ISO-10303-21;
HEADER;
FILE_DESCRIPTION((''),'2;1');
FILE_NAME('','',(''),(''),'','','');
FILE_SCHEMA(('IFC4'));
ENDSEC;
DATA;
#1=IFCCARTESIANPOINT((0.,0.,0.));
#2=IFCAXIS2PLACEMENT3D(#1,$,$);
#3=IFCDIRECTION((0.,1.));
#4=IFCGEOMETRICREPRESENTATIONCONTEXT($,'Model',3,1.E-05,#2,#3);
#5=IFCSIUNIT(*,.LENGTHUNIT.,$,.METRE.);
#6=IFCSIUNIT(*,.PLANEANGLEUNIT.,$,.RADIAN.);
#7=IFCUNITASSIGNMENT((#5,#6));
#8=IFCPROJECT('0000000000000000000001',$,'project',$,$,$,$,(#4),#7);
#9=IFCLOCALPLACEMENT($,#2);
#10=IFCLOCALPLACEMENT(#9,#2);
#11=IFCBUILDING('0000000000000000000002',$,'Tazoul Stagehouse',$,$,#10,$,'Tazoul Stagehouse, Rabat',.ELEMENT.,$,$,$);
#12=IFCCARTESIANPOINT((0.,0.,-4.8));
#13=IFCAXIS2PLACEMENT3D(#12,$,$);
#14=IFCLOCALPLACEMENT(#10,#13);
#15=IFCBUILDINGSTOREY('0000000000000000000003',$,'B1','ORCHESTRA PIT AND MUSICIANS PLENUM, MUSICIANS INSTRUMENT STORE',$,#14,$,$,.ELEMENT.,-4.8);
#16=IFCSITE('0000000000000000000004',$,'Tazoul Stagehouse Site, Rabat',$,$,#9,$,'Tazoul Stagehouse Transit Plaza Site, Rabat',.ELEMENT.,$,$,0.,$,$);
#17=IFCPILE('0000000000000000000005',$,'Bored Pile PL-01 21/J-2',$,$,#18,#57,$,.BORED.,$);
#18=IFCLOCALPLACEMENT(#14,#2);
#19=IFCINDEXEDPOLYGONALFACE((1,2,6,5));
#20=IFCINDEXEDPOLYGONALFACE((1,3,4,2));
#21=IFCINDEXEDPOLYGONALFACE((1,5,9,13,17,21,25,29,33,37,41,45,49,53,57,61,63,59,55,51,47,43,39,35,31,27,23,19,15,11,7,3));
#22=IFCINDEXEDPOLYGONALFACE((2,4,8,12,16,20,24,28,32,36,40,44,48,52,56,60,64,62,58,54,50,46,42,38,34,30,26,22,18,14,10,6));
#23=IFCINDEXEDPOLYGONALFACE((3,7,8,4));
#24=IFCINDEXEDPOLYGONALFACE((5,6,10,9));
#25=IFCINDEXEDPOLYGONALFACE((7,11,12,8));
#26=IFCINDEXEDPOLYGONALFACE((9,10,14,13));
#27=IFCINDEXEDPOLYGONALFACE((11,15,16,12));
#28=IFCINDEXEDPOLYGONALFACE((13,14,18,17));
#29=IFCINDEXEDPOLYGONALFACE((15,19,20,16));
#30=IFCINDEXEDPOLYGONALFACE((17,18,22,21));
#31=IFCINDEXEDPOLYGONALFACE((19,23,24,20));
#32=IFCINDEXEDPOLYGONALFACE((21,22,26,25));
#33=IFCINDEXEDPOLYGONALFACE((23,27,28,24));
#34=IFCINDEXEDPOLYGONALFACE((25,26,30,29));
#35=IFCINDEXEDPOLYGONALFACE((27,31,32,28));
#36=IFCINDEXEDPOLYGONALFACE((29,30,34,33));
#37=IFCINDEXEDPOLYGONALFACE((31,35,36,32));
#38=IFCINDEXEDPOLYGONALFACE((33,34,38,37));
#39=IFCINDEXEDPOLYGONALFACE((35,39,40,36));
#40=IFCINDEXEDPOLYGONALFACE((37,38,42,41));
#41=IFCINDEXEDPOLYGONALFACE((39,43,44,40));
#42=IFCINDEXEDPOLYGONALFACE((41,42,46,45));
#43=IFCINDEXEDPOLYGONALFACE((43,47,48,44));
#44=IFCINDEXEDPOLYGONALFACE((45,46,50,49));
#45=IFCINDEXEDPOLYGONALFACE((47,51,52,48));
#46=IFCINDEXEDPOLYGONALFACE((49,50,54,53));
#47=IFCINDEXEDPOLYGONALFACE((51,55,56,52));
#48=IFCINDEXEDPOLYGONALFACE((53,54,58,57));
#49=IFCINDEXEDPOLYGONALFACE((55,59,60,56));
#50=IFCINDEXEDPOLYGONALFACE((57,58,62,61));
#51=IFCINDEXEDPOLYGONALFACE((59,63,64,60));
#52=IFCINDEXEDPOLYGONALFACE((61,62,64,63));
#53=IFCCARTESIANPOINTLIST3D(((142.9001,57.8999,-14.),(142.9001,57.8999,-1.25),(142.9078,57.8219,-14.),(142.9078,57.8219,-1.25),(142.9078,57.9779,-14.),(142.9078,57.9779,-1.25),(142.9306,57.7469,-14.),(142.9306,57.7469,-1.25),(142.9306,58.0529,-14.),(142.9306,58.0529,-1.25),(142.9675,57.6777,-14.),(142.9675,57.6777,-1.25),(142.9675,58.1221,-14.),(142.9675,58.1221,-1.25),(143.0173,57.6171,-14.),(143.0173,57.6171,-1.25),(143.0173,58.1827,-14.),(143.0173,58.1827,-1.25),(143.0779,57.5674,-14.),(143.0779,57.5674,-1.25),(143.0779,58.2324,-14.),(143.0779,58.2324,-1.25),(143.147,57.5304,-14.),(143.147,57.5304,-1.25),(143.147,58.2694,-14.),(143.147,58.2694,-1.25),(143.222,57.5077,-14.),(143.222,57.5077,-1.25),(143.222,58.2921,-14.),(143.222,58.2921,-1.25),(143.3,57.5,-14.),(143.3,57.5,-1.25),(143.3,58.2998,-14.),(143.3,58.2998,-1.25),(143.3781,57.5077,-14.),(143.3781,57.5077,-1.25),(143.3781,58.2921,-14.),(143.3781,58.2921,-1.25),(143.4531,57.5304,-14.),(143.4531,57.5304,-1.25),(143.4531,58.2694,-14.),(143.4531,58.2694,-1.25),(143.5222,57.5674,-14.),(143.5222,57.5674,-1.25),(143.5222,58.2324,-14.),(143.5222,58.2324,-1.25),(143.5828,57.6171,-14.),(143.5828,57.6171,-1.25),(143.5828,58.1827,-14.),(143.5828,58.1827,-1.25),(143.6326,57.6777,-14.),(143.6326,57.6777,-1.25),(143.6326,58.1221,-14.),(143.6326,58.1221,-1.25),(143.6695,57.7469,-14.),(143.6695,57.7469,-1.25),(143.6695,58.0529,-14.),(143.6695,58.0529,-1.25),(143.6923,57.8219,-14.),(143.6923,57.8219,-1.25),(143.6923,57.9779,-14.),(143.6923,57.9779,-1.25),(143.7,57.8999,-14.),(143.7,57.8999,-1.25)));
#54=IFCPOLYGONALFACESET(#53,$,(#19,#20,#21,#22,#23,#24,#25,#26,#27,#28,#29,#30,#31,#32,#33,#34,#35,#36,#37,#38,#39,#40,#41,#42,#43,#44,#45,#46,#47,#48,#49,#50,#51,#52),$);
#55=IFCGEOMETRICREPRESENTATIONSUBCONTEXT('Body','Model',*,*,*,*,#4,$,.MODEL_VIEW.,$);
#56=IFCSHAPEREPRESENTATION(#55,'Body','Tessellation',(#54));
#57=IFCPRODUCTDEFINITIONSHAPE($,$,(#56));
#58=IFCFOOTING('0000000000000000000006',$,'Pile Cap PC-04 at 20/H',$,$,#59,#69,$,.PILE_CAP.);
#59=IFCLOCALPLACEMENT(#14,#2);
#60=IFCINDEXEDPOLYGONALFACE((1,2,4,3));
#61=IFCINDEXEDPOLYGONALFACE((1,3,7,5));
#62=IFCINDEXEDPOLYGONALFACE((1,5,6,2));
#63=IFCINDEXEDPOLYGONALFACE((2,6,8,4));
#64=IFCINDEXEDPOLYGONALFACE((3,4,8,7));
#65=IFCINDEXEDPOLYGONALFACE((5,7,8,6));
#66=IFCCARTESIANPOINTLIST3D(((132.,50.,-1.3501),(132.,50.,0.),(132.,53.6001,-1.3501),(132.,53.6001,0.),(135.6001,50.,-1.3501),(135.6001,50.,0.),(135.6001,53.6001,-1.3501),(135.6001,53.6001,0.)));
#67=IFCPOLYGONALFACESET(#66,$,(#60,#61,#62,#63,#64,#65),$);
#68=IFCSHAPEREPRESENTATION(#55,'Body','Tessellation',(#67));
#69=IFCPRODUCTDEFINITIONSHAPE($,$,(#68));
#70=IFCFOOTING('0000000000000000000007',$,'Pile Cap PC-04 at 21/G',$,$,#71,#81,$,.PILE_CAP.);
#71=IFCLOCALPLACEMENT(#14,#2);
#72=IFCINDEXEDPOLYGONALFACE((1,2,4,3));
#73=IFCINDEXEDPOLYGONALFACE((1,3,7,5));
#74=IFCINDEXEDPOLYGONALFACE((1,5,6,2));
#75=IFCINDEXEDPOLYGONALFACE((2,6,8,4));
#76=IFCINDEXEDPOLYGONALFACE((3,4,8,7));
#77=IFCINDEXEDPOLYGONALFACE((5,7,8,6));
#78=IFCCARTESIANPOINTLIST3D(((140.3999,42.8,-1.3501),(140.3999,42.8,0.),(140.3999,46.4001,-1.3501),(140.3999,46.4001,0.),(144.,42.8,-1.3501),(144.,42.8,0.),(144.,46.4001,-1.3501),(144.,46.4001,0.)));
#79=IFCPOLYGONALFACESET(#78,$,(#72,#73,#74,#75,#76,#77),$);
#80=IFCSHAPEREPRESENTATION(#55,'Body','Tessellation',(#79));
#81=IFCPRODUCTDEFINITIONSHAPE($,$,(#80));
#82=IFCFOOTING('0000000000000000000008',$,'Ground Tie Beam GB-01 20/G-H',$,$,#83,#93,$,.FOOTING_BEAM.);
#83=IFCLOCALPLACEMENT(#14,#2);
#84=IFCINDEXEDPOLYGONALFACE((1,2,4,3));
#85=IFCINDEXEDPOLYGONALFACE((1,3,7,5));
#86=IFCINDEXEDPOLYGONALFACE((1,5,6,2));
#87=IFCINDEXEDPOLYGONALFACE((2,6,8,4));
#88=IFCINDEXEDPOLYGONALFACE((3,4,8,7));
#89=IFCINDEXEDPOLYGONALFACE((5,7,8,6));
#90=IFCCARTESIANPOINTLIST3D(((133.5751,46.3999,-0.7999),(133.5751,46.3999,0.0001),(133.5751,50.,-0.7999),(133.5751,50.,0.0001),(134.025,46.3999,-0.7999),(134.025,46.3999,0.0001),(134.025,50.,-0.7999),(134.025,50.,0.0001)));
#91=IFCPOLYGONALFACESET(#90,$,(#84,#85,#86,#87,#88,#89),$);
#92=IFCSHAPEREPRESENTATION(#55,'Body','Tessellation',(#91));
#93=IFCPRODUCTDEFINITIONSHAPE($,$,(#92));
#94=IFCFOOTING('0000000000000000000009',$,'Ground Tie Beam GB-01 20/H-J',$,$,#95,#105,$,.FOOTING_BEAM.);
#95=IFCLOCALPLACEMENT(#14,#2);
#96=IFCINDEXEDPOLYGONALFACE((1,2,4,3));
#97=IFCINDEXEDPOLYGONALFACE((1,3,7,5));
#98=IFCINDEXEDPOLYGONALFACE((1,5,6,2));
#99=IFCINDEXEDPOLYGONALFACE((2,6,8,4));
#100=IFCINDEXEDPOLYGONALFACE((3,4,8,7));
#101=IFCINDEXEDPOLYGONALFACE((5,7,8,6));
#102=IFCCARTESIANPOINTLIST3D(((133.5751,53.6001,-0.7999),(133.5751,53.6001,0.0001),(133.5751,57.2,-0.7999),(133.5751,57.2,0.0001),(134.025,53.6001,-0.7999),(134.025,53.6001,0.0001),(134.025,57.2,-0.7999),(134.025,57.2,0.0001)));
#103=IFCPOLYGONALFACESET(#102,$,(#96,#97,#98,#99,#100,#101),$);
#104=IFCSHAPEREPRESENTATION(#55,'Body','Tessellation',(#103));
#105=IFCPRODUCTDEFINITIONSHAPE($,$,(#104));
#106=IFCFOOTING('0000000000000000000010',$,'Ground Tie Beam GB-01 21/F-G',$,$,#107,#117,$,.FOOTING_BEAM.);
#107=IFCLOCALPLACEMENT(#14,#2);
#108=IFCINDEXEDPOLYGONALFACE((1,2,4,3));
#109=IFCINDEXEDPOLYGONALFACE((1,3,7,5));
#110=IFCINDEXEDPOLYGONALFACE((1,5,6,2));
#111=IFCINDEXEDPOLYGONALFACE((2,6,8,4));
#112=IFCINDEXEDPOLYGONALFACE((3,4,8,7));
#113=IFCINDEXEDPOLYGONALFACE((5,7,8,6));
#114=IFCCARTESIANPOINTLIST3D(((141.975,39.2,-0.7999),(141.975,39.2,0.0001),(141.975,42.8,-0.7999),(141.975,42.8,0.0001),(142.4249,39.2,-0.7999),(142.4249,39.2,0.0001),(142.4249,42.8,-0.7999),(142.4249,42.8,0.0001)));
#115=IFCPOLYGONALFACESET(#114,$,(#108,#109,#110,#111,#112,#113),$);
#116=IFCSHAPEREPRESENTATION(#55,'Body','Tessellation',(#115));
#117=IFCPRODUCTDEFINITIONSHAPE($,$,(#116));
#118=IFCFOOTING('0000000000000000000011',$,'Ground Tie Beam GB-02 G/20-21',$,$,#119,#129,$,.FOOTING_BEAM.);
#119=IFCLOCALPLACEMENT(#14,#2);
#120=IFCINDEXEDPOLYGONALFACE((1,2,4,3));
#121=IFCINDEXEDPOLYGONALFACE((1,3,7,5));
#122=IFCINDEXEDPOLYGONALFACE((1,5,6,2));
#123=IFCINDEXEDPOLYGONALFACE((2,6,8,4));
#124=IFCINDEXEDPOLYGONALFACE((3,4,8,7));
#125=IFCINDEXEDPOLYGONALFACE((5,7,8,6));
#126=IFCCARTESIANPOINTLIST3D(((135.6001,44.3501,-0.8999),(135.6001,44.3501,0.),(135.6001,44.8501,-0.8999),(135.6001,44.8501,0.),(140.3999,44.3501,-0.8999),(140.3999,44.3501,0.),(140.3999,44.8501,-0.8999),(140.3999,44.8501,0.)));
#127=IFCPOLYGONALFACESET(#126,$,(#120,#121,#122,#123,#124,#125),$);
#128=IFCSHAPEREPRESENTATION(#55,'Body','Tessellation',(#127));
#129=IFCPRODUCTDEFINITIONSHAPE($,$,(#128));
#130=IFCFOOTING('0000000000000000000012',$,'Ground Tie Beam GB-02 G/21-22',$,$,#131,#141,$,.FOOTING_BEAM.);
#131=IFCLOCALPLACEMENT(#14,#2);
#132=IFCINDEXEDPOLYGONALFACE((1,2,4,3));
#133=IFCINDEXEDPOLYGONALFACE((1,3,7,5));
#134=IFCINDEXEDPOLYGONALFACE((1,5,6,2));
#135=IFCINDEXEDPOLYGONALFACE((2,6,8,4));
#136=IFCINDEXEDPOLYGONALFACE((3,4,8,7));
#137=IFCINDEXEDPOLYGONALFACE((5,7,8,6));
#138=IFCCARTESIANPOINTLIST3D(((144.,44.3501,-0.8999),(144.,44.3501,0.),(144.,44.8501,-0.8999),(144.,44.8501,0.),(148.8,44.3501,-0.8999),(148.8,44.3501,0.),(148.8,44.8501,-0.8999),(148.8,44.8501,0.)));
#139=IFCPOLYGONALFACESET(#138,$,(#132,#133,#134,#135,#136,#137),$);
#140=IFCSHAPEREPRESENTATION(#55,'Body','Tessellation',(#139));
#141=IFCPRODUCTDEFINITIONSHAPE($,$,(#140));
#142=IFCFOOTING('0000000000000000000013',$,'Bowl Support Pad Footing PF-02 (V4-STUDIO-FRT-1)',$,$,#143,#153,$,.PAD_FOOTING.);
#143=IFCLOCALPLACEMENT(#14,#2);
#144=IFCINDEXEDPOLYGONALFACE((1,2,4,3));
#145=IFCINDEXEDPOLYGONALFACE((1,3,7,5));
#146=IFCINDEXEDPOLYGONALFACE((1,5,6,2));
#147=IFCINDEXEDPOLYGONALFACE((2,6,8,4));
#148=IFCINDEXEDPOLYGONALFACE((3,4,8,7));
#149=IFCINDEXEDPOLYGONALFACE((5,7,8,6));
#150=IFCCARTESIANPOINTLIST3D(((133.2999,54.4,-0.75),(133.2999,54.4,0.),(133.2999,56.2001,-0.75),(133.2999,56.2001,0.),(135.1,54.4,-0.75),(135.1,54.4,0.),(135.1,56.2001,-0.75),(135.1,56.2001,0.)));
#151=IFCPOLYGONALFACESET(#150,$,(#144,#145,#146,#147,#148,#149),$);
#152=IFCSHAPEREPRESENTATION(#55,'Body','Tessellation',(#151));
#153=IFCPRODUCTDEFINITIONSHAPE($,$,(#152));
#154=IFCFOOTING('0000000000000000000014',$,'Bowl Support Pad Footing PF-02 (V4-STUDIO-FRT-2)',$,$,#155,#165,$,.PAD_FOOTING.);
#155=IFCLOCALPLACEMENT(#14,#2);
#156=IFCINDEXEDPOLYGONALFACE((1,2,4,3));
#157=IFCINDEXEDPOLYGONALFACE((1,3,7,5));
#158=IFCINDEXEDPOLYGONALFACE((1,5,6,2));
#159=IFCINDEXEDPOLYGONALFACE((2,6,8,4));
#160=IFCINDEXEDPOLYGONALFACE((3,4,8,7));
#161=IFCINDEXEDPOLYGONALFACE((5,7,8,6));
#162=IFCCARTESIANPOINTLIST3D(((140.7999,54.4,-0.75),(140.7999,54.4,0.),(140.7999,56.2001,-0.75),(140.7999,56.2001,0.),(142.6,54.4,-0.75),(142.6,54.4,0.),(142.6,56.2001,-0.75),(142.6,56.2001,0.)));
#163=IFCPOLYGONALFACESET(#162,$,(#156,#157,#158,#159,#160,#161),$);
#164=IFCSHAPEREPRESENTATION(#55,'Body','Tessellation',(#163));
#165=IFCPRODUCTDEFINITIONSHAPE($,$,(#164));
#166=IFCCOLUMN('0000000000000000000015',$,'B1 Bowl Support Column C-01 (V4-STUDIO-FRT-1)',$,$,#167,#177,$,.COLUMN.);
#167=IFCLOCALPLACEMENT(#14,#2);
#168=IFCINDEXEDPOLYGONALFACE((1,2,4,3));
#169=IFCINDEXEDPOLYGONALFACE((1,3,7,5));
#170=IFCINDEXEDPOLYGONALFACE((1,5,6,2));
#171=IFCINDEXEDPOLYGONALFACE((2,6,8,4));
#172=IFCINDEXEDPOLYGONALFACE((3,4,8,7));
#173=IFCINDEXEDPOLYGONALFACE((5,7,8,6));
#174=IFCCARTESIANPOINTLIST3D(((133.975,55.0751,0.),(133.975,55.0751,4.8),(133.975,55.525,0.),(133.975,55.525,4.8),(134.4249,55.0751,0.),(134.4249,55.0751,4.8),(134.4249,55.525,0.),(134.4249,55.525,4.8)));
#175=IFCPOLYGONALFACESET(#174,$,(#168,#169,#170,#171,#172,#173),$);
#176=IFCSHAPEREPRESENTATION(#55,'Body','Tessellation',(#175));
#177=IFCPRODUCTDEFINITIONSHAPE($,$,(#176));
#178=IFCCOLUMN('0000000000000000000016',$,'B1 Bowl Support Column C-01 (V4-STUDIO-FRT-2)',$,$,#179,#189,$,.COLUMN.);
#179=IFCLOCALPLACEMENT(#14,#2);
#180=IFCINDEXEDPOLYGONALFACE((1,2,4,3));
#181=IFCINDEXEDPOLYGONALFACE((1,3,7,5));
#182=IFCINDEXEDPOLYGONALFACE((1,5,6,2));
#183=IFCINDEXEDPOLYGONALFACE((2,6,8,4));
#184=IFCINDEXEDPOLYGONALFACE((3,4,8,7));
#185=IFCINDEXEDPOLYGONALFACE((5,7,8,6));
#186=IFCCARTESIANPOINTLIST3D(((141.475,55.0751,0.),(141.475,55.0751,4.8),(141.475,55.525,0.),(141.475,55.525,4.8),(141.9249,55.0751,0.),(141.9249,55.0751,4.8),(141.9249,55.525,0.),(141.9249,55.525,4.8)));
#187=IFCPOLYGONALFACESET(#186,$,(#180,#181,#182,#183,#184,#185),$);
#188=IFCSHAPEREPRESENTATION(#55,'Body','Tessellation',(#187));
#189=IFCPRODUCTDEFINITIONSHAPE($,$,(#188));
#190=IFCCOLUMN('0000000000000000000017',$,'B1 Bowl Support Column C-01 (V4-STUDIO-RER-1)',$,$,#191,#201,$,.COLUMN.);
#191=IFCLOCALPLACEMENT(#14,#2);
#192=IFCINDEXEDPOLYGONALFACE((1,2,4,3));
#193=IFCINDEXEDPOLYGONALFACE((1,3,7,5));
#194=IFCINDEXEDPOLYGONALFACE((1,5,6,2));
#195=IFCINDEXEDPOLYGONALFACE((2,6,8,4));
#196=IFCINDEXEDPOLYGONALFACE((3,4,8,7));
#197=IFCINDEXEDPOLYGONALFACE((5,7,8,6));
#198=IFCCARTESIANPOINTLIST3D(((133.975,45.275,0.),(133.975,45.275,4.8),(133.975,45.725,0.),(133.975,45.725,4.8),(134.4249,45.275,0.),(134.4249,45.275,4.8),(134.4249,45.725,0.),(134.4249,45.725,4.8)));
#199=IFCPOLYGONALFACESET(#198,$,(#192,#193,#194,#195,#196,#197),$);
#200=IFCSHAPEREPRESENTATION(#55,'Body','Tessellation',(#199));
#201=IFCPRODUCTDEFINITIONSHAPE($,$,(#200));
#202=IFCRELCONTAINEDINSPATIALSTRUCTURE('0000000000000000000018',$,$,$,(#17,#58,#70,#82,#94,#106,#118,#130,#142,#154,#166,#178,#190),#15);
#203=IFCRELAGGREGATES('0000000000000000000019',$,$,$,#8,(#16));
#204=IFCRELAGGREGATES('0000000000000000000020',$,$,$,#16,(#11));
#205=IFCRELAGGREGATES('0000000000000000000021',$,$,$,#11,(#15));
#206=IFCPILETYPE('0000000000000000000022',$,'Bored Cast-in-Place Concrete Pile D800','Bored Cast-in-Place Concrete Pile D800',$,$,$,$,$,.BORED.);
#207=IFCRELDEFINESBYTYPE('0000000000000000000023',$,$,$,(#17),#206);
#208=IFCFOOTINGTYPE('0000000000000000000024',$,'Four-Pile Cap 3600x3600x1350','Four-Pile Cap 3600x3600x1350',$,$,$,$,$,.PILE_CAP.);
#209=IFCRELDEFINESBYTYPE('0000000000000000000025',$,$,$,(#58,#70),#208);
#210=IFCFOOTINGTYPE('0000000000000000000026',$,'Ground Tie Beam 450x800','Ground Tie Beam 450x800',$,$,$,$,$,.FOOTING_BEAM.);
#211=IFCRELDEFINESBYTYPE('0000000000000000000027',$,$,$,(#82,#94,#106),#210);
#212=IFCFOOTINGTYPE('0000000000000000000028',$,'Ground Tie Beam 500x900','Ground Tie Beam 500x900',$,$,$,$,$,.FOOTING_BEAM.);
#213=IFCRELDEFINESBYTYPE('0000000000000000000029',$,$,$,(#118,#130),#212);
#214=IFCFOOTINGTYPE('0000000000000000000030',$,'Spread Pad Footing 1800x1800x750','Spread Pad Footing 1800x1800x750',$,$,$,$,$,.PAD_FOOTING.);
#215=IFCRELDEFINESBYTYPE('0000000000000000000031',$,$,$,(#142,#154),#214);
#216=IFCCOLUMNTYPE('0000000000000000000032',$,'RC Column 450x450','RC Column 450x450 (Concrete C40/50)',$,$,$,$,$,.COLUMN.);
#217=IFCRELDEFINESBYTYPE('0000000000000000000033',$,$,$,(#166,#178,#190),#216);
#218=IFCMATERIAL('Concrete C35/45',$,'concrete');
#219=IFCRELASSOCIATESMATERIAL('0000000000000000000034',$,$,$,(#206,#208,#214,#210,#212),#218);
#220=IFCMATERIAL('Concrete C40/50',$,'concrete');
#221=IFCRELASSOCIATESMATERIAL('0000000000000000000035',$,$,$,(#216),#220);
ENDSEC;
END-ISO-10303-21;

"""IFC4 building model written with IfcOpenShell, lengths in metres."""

from ifc_helpers import new_model, si_unit, direction, frame, origin, origin_2d, place, context, subcontext, project, spatial, rectangle, circle, extrude, material, material_profile, profile_set, type_object, element, save


model = new_model("IFC4")

# Units and contexts
model_context = context("Model", 3, precision=1e-05, world=origin(), true_north=direction((0.0, 1.0)))
body_context = subcontext(model_context, "Body", "Model", "MODEL_VIEW")
ifc_project = project(units=[si_unit("LENGTHUNIT", "METRE"), si_unit("PLANEANGLEUNIT", "RADIAN")], contexts=[model_context])

# Site, building, storey
site_placement = place(None, origin())
site = spatial("IfcSite", under=ifc_project, at=site_placement, Name="Tazoul Stagehouse Site, Rabat", LongName="Tazoul Stagehouse Transit Plaza Site, Rabat", CompositionType="ELEMENT", RefElevation=0.0)
building_placement = place(site_placement, origin())
building = spatial("IfcBuilding", under=site, at=building_placement, Name="Tazoul Stagehouse", LongName="Tazoul Stagehouse, Rabat", CompositionType="ELEMENT")
storey_placement = place(building_placement, frame((0.0, 0.0, -4.8)))
storey = spatial("IfcBuildingStorey", under=building, at=storey_placement, Name="B1", Description="ORCHESTRA PIT AND MUSICIANS PLENUM, MUSICIANS INSTRUMENT STORE", CompositionType="ELEMENT", Elevation=-4.8)

# Pile
ifc_material_1 = material(Name="Concrete C35/45", Category="concrete")
ifc_material_profile_1 = material_profile(ifc_material_1, circle(Radius=0.3999, at=origin_2d()), Name="BORED PILE 800")
ifc_profile_set_1 = profile_set([ifc_material_profile_1], Name="Concrete C35/45")
pile_type = type_object("IfcPileType", Name="Bored Cast-in-Place Concrete Pile D800", Description="Bored Cast-in-Place Concrete Pile D800", PredefinedType="BORED", material=ifc_profile_set_1)
for number, where, z_axis, x_axis, name in (
    (1, (143.3, 57.8999, -1.25), (0.0, 0.0, -1.0), (1.0, 0.0, 0.0), "Bored Pile PL-01 21/J-2"),
):
    element("IfcPile", number, at=place(storey_placement, frame(where, z_axis=z_axis, x_axis=x_axis)), inside=storey, type_object=pile_type, Name=name, PredefinedType="BORED", context=body_context, shape_type="SweptSolid", body=[
        extrude(circle(Radius=0.3999, at=origin_2d()), origin(), (0.0, 0.0, 1.0), 12.75),
    ])

# Footings
footing_type_1 = type_object("IfcFootingType", Name="Four-Pile Cap 3600x3600x1350", Description="Four-Pile Cap 3600x3600x1350", PredefinedType="PILE_CAP", material=ifc_material_1)
for number, where, z_axis, x_axis, name in (
    (2, (133.8, 51.8, -1.3501), (0.0, 0.0, 1.0), (1.0, 0.0, 0.0), "Pile Cap PC-04 at 20/H"),
    (3, (142.2, 44.6001, -1.3501), (0.0, 0.0, 1.0), (1.0, 0.0, 0.0), "Pile Cap PC-04 at 21/G"),
):
    element("IfcFooting", number, at=place(storey_placement, frame(where, z_axis=z_axis, x_axis=x_axis)), inside=storey, type_object=footing_type_1, Name=name, PredefinedType="PILE_CAP", context=body_context, shape_type="SweptSolid", body=[
        extrude(rectangle(XDim=3.6001, YDim=3.6001, at=origin_2d()), origin(), (0.0, 0.0, 1.0), 1.3501),
    ])
ifc_material_profile_2 = material_profile(ifc_material_1, rectangle(XDim=0.45, YDim=0.8, at=origin_2d()), Name="RC 450x800")
ifc_profile_set_2 = profile_set([ifc_material_profile_2], Name="Concrete C35/45")
footing_type_2 = type_object("IfcFootingType", Name="Ground Tie Beam 450x800", Description="Ground Tie Beam 450x800", PredefinedType="FOOTING_BEAM", material=ifc_profile_set_2)
footing_1_placement = place(storey_placement, frame((133.8, 46.3999, -0.3999), z_axis=(0.0, 1.0, 0.0), x_axis=(-1.0, 0.0, 0.0)))
element("IfcFooting", 4, at=footing_1_placement, inside=storey, type_object=footing_type_2, Name="Ground Tie Beam GB-01 20/G-H", PredefinedType="FOOTING_BEAM", context=body_context, shape_type="SweptSolid", body=[
    extrude(rectangle(XDim=0.45, YDim=0.8, at=origin_2d()), origin(), (0.0, 0.0, 1.0), 3.6001),
])
footing_2_placement = place(storey_placement, frame((133.8, 53.6001, -0.3999), z_axis=(0.0, 1.0, 0.0), x_axis=(-1.0, 0.0, 0.0)))
element("IfcFooting", 5, at=footing_2_placement, inside=storey, type_object=footing_type_2, Name="Ground Tie Beam GB-01 20/H-J", PredefinedType="FOOTING_BEAM", context=body_context, shape_type="SweptSolid", body=[
    extrude(rectangle(XDim=0.45, YDim=0.8, at=origin_2d()), origin(), (0.0, 0.0, 1.0), 3.5999),
])
footing_3_placement = place(storey_placement, frame((142.2, 39.2, -0.3999), z_axis=(0.0, 1.0, 0.0), x_axis=(-1.0, 0.0, 0.0)))
element("IfcFooting", 6, at=footing_3_placement, inside=storey, type_object=footing_type_2, Name="Ground Tie Beam GB-01 21/F-G", PredefinedType="FOOTING_BEAM", context=body_context, shape_type="SweptSolid", body=[
    extrude(rectangle(XDim=0.45, YDim=0.8, at=origin_2d()), origin(), (0.0, 0.0, 1.0), 3.6001),
])
ifc_material_profile_3 = material_profile(ifc_material_1, rectangle(XDim=0.5, YDim=0.8999, at=origin_2d()), Name="RC 500x900")
ifc_profile_set_3 = profile_set([ifc_material_profile_3], Name="Concrete C35/45")
footing_type_3 = type_object("IfcFootingType", Name="Ground Tie Beam 500x900", Description="Ground Tie Beam 500x900", PredefinedType="FOOTING_BEAM", material=ifc_profile_set_3)
footing_4_placement = place(storey_placement, frame((135.6001, 44.6001, -0.45), z_axis=(1.0, 0.0, 0.0), x_axis=(0.0, 1.0, 0.0)))
element("IfcFooting", 7, at=footing_4_placement, inside=storey, type_object=footing_type_3, Name="Ground Tie Beam GB-02 G/20-21", PredefinedType="FOOTING_BEAM", context=body_context, shape_type="SweptSolid", body=[
    extrude(rectangle(XDim=0.5, YDim=0.8999, at=origin_2d()), origin(), (0.0, 0.0, 1.0), 4.7998),
])
footing_5_placement = place(storey_placement, frame((144.0, 44.6001, -0.45), z_axis=(1.0, 0.0, 0.0), x_axis=(0.0, 1.0, 0.0)))
element("IfcFooting", 8, at=footing_5_placement, inside=storey, type_object=footing_type_3, Name="Ground Tie Beam GB-02 G/21-22", PredefinedType="FOOTING_BEAM", context=body_context, shape_type="SweptSolid", body=[
    extrude(rectangle(XDim=0.5, YDim=0.8999, at=origin_2d()), origin(), (0.0, 0.0, 1.0), 4.8),
])
footing_type_4 = type_object("IfcFootingType", Name="Spread Pad Footing 1800x1800x750", Description="Spread Pad Footing 1800x1800x750", PredefinedType="PAD_FOOTING", material=ifc_material_1)
for number, where, z_axis, x_axis, name in (
    (9, (134.2, 55.3, -0.75), (0.0, 0.0, 1.0), (1.0, 0.0, 0.0), "Bowl Support Pad Footing PF-02 (V4-STUDIO-FRT-1)"),
    (10, (141.7, 55.3, -0.75), (0.0, 0.0, 1.0), (1.0, 0.0, 0.0), "Bowl Support Pad Footing PF-02 (V4-STUDIO-FRT-2)"),
):
    element("IfcFooting", number, at=place(storey_placement, frame(where, z_axis=z_axis, x_axis=x_axis)), inside=storey, type_object=footing_type_4, Name=name, PredefinedType="PAD_FOOTING", context=body_context, shape_type="SweptSolid", body=[
        extrude(rectangle(XDim=1.8, YDim=1.8, at=origin_2d()), origin(), (0.0, 0.0, 1.0), 0.75),
    ])

# Columns
ifc_material_2 = material(Name="Concrete C40/50", Category="concrete")
ifc_material_profile_4 = material_profile(ifc_material_2, rectangle(XDim=0.45, YDim=0.45, at=origin_2d()), Name="RC 450x450")
ifc_profile_set_4 = profile_set([ifc_material_profile_4], Name="Concrete C40/50")
column_type_1 = type_object("IfcColumnType", Name="RC Column 450x450", Description="RC Column 450x450 (Concrete C40/50)", PredefinedType="COLUMN", material=ifc_profile_set_4)
for number, where, z_axis, x_axis, name in (
    (11, (134.2, 55.3, 0.0), (0.0, 0.0, 1.0), (1.0, 0.0, 0.0), "B1 Bowl Support Column C-01 (V4-STUDIO-FRT-1)"),
    (12, (141.7, 55.3, 0.0), (0.0, 0.0, 1.0), (1.0, 0.0, 0.0), "B1 Bowl Support Column C-01 (V4-STUDIO-FRT-2)"),
    (13, (134.2, 45.5, 0.0), (0.0, 0.0, 1.0), (1.0, 0.0, 0.0), "B1 Bowl Support Column C-01 (V4-STUDIO-RER-1)"),
):
    element("IfcColumn", number, at=place(storey_placement, frame(where, z_axis=z_axis, x_axis=x_axis)), inside=storey, type_object=column_type_1, Name=name, PredefinedType="COLUMN", context=body_context, shape_type="SweptSolid", body=[
        extrude(rectangle(XDim=0.45, YDim=0.45, at=origin_2d()), origin(), (0.0, 0.0, 1.0), 4.8),
    ])

save(model, "model.ifc")
